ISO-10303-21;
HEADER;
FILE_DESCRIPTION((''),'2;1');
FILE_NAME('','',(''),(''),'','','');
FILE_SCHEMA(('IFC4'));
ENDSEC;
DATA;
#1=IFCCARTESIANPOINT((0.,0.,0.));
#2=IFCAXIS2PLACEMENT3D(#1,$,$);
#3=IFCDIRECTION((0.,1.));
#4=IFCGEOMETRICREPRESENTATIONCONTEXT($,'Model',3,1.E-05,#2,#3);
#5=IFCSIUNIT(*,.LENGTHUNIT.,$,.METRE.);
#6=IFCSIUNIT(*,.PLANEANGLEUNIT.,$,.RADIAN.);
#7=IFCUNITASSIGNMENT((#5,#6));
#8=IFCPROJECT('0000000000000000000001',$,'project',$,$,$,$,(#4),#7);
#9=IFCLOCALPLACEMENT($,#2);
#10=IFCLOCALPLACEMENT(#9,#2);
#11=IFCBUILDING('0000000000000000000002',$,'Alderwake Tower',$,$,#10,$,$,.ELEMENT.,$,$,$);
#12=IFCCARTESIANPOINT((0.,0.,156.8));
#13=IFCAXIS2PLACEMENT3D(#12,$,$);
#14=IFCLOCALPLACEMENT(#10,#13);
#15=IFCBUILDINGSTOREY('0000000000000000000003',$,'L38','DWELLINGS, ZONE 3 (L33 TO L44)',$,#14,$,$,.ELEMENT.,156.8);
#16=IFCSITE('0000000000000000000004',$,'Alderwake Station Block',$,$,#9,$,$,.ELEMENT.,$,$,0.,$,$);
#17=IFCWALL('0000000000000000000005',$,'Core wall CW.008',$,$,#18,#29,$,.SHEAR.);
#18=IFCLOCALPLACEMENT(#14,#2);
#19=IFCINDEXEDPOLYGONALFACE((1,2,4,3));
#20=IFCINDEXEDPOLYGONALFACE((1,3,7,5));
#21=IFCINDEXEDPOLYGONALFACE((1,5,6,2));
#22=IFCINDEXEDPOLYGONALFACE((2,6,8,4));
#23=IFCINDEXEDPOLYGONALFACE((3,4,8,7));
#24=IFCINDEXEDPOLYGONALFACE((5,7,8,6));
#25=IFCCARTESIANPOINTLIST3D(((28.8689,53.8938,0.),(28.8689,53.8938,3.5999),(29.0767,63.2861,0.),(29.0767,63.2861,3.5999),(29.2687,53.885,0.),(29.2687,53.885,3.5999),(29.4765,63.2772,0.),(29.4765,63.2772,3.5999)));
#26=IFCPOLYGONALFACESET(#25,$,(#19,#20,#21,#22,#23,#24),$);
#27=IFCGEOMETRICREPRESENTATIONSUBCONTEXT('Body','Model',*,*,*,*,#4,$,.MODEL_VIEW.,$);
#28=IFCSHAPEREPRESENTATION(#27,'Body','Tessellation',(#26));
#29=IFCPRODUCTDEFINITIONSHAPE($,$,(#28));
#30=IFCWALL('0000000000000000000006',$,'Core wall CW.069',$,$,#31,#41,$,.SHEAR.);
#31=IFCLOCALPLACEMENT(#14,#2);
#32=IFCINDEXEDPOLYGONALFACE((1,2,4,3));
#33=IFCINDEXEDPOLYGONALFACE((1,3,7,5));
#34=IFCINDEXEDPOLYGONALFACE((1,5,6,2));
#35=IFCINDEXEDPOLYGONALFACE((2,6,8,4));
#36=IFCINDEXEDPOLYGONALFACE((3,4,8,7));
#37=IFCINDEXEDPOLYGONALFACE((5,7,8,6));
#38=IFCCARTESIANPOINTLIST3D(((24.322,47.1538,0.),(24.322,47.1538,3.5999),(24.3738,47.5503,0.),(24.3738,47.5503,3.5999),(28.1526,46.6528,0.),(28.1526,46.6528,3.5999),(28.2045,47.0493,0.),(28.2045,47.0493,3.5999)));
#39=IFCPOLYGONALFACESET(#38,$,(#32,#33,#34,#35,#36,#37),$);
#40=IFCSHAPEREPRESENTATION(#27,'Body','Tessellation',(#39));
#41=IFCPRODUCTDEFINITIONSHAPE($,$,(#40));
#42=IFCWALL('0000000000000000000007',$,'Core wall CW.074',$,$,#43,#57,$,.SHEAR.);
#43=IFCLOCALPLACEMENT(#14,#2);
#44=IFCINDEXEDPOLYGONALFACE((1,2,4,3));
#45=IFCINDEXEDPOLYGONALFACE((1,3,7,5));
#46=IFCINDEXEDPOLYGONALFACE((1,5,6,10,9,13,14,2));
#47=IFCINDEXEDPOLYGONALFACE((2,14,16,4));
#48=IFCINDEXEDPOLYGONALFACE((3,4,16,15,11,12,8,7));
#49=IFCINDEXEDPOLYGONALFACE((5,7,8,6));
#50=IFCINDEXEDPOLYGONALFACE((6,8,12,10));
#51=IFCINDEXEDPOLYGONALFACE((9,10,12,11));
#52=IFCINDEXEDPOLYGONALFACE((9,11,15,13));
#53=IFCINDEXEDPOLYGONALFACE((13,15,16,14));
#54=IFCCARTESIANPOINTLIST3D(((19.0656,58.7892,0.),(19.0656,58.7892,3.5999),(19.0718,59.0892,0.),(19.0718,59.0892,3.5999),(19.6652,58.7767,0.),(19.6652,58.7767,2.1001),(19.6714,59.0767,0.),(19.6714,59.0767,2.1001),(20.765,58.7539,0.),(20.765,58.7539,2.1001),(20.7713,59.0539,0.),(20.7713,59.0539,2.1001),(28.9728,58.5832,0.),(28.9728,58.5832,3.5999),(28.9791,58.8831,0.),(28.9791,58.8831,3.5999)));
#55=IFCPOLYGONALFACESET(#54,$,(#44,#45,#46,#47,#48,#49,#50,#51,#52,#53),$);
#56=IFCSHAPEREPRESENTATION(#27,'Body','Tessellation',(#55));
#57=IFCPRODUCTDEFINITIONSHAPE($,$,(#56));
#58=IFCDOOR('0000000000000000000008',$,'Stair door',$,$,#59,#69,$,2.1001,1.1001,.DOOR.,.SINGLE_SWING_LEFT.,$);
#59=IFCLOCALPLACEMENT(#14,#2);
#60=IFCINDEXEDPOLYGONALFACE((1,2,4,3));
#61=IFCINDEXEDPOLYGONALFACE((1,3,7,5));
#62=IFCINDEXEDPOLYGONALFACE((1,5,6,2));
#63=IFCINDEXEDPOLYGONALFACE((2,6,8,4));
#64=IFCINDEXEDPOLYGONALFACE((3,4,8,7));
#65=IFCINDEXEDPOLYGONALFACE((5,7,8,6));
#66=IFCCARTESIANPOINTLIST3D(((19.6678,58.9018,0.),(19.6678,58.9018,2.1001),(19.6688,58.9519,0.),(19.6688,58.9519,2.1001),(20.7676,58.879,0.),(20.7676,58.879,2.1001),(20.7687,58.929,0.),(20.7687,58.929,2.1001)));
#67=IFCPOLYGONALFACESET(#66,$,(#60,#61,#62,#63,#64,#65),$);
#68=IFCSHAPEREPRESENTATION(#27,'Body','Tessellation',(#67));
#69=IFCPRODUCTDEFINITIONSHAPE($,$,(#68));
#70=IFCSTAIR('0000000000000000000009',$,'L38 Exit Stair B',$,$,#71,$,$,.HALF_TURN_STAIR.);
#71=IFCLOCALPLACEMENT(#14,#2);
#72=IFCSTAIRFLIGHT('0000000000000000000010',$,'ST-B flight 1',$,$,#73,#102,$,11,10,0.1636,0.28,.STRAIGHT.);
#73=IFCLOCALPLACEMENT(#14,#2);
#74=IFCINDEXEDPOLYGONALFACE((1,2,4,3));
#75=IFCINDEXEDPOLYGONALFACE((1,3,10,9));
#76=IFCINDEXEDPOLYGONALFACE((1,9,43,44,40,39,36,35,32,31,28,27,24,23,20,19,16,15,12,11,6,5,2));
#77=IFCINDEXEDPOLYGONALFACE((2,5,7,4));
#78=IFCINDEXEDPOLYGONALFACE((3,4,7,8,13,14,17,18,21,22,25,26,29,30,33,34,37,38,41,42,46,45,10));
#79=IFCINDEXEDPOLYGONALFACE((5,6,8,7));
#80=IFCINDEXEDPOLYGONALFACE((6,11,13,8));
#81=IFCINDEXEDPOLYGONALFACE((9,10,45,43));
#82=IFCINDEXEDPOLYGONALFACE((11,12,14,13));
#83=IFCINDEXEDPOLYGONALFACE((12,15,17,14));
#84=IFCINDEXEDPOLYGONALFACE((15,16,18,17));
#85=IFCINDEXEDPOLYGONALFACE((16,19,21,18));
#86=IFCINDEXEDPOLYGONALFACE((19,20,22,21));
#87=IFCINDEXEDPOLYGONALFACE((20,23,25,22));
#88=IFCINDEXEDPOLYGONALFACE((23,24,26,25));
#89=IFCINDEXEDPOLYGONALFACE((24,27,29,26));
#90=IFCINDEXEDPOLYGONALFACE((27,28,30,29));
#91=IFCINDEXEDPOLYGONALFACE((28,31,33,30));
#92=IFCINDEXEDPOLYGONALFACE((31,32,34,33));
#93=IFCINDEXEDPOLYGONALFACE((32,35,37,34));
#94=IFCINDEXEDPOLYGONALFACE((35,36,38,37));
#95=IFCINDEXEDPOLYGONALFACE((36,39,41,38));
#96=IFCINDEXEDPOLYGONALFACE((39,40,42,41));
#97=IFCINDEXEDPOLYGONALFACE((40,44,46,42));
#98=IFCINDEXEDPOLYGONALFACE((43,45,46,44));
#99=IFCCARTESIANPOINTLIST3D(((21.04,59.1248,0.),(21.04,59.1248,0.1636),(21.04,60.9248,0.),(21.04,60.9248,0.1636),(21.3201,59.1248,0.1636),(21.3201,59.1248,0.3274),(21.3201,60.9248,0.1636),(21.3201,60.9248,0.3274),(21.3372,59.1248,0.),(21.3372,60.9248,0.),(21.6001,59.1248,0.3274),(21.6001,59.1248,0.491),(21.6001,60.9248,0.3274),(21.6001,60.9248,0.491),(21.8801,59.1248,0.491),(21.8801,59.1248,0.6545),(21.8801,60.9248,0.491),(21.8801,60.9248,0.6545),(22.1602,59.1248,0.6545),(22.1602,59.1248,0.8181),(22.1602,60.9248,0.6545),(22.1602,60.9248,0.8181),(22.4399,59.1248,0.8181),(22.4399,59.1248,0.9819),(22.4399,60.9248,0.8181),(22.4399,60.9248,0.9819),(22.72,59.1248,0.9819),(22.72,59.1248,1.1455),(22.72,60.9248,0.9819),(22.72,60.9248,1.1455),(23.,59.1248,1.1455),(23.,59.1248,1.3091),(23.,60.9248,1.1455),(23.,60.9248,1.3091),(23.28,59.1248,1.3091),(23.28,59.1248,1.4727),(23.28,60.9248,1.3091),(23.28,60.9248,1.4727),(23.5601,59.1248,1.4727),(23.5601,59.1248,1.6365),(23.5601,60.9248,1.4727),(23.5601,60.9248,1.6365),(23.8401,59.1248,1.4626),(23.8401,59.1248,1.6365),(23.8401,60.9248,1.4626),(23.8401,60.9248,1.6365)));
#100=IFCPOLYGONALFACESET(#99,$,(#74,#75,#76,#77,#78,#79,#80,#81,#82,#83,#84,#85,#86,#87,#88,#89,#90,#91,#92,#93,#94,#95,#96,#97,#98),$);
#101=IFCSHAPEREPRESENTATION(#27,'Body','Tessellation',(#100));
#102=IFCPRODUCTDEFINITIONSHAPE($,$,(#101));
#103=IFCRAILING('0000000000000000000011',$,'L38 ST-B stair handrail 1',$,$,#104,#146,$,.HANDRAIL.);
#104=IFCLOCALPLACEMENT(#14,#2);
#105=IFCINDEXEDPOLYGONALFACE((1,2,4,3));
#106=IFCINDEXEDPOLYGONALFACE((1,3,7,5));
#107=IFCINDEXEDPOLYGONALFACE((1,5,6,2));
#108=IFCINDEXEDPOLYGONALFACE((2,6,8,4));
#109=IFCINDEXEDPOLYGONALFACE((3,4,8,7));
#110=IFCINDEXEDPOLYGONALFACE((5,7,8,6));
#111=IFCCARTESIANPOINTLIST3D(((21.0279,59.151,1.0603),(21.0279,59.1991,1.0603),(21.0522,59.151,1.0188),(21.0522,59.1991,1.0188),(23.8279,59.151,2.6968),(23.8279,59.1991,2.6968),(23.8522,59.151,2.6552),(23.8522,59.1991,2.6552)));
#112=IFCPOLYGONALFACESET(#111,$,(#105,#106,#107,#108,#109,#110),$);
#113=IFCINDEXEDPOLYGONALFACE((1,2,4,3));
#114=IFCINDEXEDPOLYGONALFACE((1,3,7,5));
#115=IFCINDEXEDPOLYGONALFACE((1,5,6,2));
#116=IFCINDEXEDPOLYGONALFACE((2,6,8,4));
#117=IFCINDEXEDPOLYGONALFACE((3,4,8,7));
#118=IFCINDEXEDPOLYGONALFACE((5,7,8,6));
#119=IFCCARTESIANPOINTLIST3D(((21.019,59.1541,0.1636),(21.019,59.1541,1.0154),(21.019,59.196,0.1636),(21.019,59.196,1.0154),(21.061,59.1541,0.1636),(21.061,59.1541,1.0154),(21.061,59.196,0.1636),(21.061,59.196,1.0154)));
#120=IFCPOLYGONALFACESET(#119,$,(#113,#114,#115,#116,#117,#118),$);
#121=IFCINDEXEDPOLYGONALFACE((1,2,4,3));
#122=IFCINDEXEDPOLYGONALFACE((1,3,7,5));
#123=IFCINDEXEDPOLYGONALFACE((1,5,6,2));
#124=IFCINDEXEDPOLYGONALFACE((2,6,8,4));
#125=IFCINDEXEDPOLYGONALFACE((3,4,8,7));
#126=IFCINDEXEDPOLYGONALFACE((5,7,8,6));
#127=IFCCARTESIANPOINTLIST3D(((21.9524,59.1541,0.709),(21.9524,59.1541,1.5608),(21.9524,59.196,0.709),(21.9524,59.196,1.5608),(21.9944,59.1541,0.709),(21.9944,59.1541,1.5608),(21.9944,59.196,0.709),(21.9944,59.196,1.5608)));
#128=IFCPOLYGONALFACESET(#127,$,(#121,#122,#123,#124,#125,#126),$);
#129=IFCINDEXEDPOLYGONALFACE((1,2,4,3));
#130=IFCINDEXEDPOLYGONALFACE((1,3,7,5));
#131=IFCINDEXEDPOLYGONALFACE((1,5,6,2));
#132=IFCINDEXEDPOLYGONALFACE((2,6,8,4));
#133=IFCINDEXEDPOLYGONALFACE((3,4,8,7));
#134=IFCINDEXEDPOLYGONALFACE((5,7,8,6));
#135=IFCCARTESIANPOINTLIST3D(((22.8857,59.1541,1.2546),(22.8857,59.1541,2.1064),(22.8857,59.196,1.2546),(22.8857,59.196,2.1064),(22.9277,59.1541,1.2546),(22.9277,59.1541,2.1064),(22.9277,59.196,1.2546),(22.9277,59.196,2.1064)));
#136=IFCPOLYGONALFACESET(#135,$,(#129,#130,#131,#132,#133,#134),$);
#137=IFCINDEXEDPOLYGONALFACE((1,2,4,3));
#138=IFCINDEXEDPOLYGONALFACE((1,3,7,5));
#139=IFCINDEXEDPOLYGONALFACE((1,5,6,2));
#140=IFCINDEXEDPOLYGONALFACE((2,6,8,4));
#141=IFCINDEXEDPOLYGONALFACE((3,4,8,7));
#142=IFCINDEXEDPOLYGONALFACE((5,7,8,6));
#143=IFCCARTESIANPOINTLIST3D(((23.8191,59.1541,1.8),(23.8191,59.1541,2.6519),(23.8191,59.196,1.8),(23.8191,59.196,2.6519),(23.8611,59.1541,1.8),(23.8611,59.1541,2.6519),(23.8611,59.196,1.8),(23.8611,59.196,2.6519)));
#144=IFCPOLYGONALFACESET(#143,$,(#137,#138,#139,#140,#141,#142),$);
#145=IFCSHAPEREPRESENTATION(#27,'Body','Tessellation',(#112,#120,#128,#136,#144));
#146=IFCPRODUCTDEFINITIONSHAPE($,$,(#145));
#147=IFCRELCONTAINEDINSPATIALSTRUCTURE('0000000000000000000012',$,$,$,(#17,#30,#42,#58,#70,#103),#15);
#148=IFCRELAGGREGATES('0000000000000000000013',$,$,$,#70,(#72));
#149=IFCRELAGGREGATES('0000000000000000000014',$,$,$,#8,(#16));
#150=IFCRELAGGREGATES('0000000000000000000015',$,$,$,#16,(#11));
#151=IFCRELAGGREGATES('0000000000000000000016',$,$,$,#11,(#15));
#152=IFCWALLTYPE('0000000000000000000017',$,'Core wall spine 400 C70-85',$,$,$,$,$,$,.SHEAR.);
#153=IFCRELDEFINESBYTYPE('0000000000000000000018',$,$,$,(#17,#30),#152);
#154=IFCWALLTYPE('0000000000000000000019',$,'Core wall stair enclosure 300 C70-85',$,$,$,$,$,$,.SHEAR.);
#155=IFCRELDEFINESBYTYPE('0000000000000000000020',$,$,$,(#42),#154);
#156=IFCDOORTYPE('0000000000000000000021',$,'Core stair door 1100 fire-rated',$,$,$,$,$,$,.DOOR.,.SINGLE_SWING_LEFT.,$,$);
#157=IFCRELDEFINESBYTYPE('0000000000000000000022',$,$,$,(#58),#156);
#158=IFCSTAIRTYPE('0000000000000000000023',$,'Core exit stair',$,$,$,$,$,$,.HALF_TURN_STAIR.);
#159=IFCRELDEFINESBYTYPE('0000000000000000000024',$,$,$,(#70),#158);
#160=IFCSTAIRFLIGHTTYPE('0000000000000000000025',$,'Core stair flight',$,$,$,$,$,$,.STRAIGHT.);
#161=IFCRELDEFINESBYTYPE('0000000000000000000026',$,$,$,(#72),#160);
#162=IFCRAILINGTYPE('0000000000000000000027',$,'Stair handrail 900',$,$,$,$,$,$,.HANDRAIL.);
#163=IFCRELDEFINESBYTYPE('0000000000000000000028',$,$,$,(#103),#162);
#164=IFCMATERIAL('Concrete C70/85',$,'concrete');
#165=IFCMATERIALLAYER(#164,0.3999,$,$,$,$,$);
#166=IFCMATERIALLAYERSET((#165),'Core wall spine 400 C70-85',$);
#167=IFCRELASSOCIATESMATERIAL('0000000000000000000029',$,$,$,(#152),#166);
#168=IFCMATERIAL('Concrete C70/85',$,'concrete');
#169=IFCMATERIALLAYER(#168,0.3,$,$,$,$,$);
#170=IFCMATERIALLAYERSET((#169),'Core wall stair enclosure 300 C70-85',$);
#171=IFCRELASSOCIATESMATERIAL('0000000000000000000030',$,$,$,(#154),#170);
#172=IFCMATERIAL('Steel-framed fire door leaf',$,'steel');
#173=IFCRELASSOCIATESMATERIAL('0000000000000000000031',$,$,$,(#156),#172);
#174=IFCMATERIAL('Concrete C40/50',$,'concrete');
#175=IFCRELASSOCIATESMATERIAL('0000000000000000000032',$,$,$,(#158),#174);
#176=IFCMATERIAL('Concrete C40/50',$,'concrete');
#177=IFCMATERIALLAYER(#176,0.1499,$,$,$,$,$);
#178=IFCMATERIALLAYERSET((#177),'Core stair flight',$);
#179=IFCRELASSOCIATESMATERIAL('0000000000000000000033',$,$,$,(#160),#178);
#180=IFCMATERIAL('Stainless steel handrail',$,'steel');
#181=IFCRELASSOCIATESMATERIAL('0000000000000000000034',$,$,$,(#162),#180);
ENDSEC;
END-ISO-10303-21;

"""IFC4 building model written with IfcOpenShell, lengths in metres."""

from ifc_helpers import new_model, si_unit, direction, frame, frame_2d, origin, origin_with_axes, origin_2d, place, context, subcontext, project, spatial, polyline, rectangle, outline, extrude, material, layer, layer_set, type_object, element, fill, aggregate, save


model = new_model("IFC4")

# Units and contexts
model_context = context("Model", 3, precision=1e-05, world=origin(), true_north=direction((0.0, 1.0)))
body_context = subcontext(model_context, "Body", "Model", "MODEL_VIEW")
ifc_project = project(units=[si_unit("LENGTHUNIT", "METRE"), si_unit("PLANEANGLEUNIT", "RADIAN")], contexts=[model_context])

# Site, building, storey
site_placement = place(None, origin())
site = spatial("IfcSite", under=ifc_project, at=site_placement, Name="Alderwake Station Block", CompositionType="ELEMENT", RefElevation=0.0)
building_placement = place(site_placement, origin())
building = spatial("IfcBuilding", under=site, at=building_placement, Name="Alderwake Tower", CompositionType="ELEMENT")
storey_placement = place(building_placement, frame((0.0, 0.0, 156.8)))
storey = spatial("IfcBuildingStorey", under=building, at=storey_placement, Name="L38", Description="DWELLINGS, ZONE 3 (L33 TO L44)", CompositionType="ELEMENT", Elevation=156.8)

# Shared definitions
ifc_material_1 = material(Name="Concrete C70/85", Category="concrete")
ifc_layer_1 = layer(ifc_material_1, 0.3999)
ifc_layer_set_1 = layer_set([ifc_layer_1], Name="Core wall spine 400 C70-85")
wall_type_1 = type_object("IfcWallType", Name="Core wall spine 400 C70-85", PredefinedType="SHEAR", material=ifc_layer_set_1)

# Walls
wall_1_placement = place(storey_placement, frame((29.0688, 53.8894, 0.0), z_axis=(0.0, 0.0, 1.0), x_axis=(0.022115, 0.999755, 0.0)))
element("IfcWall", 1, at=wall_1_placement, inside=storey, type_object=wall_type_1, Name="Core wall CW.008", PredefinedType="SHEAR", context=body_context, shape_type="SweptSolid", body=[
    extrude(rectangle(XDim=9.3945, YDim=0.3999, at=frame_2d((4.6973, 0.0))), origin(), (0.0, 0.0, 1.0), 3.5999),
])
wall_2_placement = place(storey_placement, frame((24.3479, 47.3521, 0.0), z_axis=(0.0, 0.0, 1.0), x_axis=(0.991556, -0.12968, 0.0)))
element("IfcWall", 2, at=wall_2_placement, inside=storey, type_object=wall_type_1, Name="Core wall CW.069", PredefinedType="SHEAR", context=body_context, shape_type="SweptSolid", body=[
    extrude(rectangle(XDim=3.8633, YDim=0.3999, at=frame_2d((1.9316, 0.0))), origin(), (0.0, 0.0, 1.0), 3.5999),
])

# Wall, opening, door
ifc_material_2 = material(Name="Concrete C70/85", Category="concrete")
ifc_layer_2 = layer(ifc_material_2, 0.3)
ifc_layer_set_2 = layer_set([ifc_layer_2], Name="Core wall stair enclosure 300 C70-85")
wall_type_2 = type_object("IfcWallType", Name="Core wall stair enclosure 300 C70-85", PredefinedType="SHEAR", material=ifc_layer_set_2)
wall_3_placement = place(storey_placement, frame((28.9758, 58.7332, 0.0), z_axis=(0.0, 0.0, 1.0), x_axis=(-0.999784, 0.020794, 0.0)))
wall_3 = element("IfcWall", 3, at=wall_3_placement, inside=storey, type_object=wall_type_2, Name="Core wall CW.074", PredefinedType="SHEAR", context=body_context, shape_type="SweptSolid", body=[
    extrude(rectangle(XDim=9.9094, YDim=0.3, at=frame_2d((4.9546, 0.0))), origin(), (0.0, 0.0, 1.0), 3.5999),
])
opening_1_placement = place(wall_3_placement, frame((8.2095, 0.0, 0.0)))
opening_1 = element("IfcOpeningElement", 4, at=opening_1_placement, cuts=wall_3, PredefinedType="OPENING", context=body_context, shape_type="SweptSolid", body=[
    extrude(rectangle(XDim=1.1001, YDim=2.1001, at=frame_2d((0.55, 1.05))), frame((0.0, 0.1599, 0.0), z_axis=(0.0, -1.0, 0.0), x_axis=(1.0, 0.0, 0.0)), (0.0, 0.0, 1.0), 0.3201),
])
ifc_material_3 = material(Name="Steel-framed fire door leaf", Category="steel")
door_type_1 = type_object("IfcDoorType", Name="Core stair door 1100 fire-rated", OperationType="SINGLE_SWING_LEFT", PredefinedType="DOOR", material=ifc_material_3)
door_1_placement = place(opening_1_placement, origin())
door_1 = element("IfcDoor", 5, at=door_1_placement, inside=storey, type_object=door_type_1, Name="Stair door", OperationType="SINGLE_SWING_LEFT", OverallHeight=2.1001, OverallWidth=1.1001, PredefinedType="DOOR", context=body_context, shape_type="SweptSolid", body=[
    extrude(rectangle(XDim=1.1001, YDim=2.1001, at=frame_2d((0.55, 1.05))), frame((0.0, 0.0249, 0.0), z_axis=(0.0, -1.0, 0.0), x_axis=(1.0, 0.0, 0.0)), (0.0, 0.0, 1.0), 0.05),
])
fill(opening_1, door_1)

# Stair, stair flight
ifc_material_4 = material(Name="Concrete C40/50", Category="concrete")
stair_type = type_object("IfcStairType", Name="Core exit stair", PredefinedType="HALF_TURN_STAIR", material=ifc_material_4)
stair_placement = place(storey_placement, origin())
stair = element("IfcStair", 6, at=stair_placement, inside=storey, type_object=stair_type, Name="L38 Exit Stair B", PredefinedType="HALF_TURN_STAIR")
ifc_material_5 = material(Name="Concrete C40/50", Category="concrete")
ifc_layer_3 = layer(ifc_material_5, 0.1499)
ifc_layer_set_3 = layer_set([ifc_layer_3], Name="Core stair flight")
stair_flight_type = type_object("IfcStairFlightType", Name="Core stair flight", PredefinedType="STRAIGHT", material=ifc_layer_set_3)
stair_flight_placement = place(storey_placement, frame((21.04, 60.0249, 0.0), z_axis=(0.0, 0.0, 1.0), x_axis=(1.0, 0.0, 0.0)))
stair_flight = element("IfcStairFlight", 7, at=stair_flight_placement, type_object=stair_flight_type, Name="ST-B flight 1", NumberOfRisers=11, NumberOfTreads=10, PredefinedType="STRAIGHT", RiserHeight=0.1636, TreadLength=0.28, context=body_context, shape_type="SweptSolid", body=[
    extrude(outline(polyline([(0.0, 0.0), (0.0, 0.1636), (0.28, 0.1636), (0.28, 0.3274), (0.5601, 0.3274), (0.5601, 0.491), (0.8401, 0.491), (0.8401, 0.6545), (1.1201, 0.6545), (1.1201, 0.8181), (1.3999, 0.8181), (1.3999, 0.9819), (1.6799, 0.9819), (1.6799, 1.1455), (1.96, 1.1455), (1.96, 1.3091), (2.24, 1.3091), (2.24, 1.4727), (2.52, 1.4727), (2.52, 1.6365), (2.8, 1.6365), (2.8, 1.8), (2.8, 1.4626), (0.2971, 0.0), (0.0, 0.0)])), frame((0.0, 0.8999, 0.0), z_axis=(0.0, -1.0, 0.0), x_axis=(1.0, 0.0, 0.0)), (0.0, 0.0, 1.0), 1.8),
])
aggregate(stair, [stair_flight])

# Railing
ifc_material_6 = material(Name="Stainless steel handrail", Category="steel")
railing_type = type_object("IfcRailingType", Name="Stair handrail 900", PredefinedType="HANDRAIL", material=ifc_material_6)
railing_placement = place(storey_placement, frame((21.04, 59.175, 0.1636)))
element("IfcRailing", 8, at=railing_placement, inside=storey, type_object=railing_type, Name="L38 ST-B stair handrail 1", PredefinedType="HANDRAIL", context=body_context, shape_type="SweptSolid", body=[
    extrude(rectangle(XDim=0.0481, YDim=0.0481, at=origin_2d()), frame((0.0, 0.0, 0.876), z_axis=(0.863361, 0.0, 0.504587), x_axis=(0.0, 1.0, 0.0)), (0.0, 0.0, 1.0), 3.2432),
    extrude(rectangle(XDim=0.042, YDim=0.042, at=origin_2d()), origin_with_axes(), (0.0, 0.0, 1.0), 0.8518),
    extrude(rectangle(XDim=0.042, YDim=0.042, at=origin_2d()), frame((0.9333, 0.0, 0.5454), z_axis=(0.0, 0.0, 1.0), x_axis=(1.0, 0.0, 0.0)), (0.0, 0.0, 1.0), 0.8518),
    extrude(rectangle(XDim=0.042, YDim=0.042, at=origin_2d()), frame((1.8667, 0.0, 1.0911), z_axis=(0.0, 0.0, 1.0), x_axis=(1.0, 0.0, 0.0)), (0.0, 0.0, 1.0), 0.8518),
    extrude(rectangle(XDim=0.042, YDim=0.042, at=origin_2d()), frame((2.8, 0.0, 1.6365), z_axis=(0.0, 0.0, 1.0), x_axis=(1.0, 0.0, 0.0)), (0.0, 0.0, 1.0), 0.8518),
])

save(model, "model.ifc")
